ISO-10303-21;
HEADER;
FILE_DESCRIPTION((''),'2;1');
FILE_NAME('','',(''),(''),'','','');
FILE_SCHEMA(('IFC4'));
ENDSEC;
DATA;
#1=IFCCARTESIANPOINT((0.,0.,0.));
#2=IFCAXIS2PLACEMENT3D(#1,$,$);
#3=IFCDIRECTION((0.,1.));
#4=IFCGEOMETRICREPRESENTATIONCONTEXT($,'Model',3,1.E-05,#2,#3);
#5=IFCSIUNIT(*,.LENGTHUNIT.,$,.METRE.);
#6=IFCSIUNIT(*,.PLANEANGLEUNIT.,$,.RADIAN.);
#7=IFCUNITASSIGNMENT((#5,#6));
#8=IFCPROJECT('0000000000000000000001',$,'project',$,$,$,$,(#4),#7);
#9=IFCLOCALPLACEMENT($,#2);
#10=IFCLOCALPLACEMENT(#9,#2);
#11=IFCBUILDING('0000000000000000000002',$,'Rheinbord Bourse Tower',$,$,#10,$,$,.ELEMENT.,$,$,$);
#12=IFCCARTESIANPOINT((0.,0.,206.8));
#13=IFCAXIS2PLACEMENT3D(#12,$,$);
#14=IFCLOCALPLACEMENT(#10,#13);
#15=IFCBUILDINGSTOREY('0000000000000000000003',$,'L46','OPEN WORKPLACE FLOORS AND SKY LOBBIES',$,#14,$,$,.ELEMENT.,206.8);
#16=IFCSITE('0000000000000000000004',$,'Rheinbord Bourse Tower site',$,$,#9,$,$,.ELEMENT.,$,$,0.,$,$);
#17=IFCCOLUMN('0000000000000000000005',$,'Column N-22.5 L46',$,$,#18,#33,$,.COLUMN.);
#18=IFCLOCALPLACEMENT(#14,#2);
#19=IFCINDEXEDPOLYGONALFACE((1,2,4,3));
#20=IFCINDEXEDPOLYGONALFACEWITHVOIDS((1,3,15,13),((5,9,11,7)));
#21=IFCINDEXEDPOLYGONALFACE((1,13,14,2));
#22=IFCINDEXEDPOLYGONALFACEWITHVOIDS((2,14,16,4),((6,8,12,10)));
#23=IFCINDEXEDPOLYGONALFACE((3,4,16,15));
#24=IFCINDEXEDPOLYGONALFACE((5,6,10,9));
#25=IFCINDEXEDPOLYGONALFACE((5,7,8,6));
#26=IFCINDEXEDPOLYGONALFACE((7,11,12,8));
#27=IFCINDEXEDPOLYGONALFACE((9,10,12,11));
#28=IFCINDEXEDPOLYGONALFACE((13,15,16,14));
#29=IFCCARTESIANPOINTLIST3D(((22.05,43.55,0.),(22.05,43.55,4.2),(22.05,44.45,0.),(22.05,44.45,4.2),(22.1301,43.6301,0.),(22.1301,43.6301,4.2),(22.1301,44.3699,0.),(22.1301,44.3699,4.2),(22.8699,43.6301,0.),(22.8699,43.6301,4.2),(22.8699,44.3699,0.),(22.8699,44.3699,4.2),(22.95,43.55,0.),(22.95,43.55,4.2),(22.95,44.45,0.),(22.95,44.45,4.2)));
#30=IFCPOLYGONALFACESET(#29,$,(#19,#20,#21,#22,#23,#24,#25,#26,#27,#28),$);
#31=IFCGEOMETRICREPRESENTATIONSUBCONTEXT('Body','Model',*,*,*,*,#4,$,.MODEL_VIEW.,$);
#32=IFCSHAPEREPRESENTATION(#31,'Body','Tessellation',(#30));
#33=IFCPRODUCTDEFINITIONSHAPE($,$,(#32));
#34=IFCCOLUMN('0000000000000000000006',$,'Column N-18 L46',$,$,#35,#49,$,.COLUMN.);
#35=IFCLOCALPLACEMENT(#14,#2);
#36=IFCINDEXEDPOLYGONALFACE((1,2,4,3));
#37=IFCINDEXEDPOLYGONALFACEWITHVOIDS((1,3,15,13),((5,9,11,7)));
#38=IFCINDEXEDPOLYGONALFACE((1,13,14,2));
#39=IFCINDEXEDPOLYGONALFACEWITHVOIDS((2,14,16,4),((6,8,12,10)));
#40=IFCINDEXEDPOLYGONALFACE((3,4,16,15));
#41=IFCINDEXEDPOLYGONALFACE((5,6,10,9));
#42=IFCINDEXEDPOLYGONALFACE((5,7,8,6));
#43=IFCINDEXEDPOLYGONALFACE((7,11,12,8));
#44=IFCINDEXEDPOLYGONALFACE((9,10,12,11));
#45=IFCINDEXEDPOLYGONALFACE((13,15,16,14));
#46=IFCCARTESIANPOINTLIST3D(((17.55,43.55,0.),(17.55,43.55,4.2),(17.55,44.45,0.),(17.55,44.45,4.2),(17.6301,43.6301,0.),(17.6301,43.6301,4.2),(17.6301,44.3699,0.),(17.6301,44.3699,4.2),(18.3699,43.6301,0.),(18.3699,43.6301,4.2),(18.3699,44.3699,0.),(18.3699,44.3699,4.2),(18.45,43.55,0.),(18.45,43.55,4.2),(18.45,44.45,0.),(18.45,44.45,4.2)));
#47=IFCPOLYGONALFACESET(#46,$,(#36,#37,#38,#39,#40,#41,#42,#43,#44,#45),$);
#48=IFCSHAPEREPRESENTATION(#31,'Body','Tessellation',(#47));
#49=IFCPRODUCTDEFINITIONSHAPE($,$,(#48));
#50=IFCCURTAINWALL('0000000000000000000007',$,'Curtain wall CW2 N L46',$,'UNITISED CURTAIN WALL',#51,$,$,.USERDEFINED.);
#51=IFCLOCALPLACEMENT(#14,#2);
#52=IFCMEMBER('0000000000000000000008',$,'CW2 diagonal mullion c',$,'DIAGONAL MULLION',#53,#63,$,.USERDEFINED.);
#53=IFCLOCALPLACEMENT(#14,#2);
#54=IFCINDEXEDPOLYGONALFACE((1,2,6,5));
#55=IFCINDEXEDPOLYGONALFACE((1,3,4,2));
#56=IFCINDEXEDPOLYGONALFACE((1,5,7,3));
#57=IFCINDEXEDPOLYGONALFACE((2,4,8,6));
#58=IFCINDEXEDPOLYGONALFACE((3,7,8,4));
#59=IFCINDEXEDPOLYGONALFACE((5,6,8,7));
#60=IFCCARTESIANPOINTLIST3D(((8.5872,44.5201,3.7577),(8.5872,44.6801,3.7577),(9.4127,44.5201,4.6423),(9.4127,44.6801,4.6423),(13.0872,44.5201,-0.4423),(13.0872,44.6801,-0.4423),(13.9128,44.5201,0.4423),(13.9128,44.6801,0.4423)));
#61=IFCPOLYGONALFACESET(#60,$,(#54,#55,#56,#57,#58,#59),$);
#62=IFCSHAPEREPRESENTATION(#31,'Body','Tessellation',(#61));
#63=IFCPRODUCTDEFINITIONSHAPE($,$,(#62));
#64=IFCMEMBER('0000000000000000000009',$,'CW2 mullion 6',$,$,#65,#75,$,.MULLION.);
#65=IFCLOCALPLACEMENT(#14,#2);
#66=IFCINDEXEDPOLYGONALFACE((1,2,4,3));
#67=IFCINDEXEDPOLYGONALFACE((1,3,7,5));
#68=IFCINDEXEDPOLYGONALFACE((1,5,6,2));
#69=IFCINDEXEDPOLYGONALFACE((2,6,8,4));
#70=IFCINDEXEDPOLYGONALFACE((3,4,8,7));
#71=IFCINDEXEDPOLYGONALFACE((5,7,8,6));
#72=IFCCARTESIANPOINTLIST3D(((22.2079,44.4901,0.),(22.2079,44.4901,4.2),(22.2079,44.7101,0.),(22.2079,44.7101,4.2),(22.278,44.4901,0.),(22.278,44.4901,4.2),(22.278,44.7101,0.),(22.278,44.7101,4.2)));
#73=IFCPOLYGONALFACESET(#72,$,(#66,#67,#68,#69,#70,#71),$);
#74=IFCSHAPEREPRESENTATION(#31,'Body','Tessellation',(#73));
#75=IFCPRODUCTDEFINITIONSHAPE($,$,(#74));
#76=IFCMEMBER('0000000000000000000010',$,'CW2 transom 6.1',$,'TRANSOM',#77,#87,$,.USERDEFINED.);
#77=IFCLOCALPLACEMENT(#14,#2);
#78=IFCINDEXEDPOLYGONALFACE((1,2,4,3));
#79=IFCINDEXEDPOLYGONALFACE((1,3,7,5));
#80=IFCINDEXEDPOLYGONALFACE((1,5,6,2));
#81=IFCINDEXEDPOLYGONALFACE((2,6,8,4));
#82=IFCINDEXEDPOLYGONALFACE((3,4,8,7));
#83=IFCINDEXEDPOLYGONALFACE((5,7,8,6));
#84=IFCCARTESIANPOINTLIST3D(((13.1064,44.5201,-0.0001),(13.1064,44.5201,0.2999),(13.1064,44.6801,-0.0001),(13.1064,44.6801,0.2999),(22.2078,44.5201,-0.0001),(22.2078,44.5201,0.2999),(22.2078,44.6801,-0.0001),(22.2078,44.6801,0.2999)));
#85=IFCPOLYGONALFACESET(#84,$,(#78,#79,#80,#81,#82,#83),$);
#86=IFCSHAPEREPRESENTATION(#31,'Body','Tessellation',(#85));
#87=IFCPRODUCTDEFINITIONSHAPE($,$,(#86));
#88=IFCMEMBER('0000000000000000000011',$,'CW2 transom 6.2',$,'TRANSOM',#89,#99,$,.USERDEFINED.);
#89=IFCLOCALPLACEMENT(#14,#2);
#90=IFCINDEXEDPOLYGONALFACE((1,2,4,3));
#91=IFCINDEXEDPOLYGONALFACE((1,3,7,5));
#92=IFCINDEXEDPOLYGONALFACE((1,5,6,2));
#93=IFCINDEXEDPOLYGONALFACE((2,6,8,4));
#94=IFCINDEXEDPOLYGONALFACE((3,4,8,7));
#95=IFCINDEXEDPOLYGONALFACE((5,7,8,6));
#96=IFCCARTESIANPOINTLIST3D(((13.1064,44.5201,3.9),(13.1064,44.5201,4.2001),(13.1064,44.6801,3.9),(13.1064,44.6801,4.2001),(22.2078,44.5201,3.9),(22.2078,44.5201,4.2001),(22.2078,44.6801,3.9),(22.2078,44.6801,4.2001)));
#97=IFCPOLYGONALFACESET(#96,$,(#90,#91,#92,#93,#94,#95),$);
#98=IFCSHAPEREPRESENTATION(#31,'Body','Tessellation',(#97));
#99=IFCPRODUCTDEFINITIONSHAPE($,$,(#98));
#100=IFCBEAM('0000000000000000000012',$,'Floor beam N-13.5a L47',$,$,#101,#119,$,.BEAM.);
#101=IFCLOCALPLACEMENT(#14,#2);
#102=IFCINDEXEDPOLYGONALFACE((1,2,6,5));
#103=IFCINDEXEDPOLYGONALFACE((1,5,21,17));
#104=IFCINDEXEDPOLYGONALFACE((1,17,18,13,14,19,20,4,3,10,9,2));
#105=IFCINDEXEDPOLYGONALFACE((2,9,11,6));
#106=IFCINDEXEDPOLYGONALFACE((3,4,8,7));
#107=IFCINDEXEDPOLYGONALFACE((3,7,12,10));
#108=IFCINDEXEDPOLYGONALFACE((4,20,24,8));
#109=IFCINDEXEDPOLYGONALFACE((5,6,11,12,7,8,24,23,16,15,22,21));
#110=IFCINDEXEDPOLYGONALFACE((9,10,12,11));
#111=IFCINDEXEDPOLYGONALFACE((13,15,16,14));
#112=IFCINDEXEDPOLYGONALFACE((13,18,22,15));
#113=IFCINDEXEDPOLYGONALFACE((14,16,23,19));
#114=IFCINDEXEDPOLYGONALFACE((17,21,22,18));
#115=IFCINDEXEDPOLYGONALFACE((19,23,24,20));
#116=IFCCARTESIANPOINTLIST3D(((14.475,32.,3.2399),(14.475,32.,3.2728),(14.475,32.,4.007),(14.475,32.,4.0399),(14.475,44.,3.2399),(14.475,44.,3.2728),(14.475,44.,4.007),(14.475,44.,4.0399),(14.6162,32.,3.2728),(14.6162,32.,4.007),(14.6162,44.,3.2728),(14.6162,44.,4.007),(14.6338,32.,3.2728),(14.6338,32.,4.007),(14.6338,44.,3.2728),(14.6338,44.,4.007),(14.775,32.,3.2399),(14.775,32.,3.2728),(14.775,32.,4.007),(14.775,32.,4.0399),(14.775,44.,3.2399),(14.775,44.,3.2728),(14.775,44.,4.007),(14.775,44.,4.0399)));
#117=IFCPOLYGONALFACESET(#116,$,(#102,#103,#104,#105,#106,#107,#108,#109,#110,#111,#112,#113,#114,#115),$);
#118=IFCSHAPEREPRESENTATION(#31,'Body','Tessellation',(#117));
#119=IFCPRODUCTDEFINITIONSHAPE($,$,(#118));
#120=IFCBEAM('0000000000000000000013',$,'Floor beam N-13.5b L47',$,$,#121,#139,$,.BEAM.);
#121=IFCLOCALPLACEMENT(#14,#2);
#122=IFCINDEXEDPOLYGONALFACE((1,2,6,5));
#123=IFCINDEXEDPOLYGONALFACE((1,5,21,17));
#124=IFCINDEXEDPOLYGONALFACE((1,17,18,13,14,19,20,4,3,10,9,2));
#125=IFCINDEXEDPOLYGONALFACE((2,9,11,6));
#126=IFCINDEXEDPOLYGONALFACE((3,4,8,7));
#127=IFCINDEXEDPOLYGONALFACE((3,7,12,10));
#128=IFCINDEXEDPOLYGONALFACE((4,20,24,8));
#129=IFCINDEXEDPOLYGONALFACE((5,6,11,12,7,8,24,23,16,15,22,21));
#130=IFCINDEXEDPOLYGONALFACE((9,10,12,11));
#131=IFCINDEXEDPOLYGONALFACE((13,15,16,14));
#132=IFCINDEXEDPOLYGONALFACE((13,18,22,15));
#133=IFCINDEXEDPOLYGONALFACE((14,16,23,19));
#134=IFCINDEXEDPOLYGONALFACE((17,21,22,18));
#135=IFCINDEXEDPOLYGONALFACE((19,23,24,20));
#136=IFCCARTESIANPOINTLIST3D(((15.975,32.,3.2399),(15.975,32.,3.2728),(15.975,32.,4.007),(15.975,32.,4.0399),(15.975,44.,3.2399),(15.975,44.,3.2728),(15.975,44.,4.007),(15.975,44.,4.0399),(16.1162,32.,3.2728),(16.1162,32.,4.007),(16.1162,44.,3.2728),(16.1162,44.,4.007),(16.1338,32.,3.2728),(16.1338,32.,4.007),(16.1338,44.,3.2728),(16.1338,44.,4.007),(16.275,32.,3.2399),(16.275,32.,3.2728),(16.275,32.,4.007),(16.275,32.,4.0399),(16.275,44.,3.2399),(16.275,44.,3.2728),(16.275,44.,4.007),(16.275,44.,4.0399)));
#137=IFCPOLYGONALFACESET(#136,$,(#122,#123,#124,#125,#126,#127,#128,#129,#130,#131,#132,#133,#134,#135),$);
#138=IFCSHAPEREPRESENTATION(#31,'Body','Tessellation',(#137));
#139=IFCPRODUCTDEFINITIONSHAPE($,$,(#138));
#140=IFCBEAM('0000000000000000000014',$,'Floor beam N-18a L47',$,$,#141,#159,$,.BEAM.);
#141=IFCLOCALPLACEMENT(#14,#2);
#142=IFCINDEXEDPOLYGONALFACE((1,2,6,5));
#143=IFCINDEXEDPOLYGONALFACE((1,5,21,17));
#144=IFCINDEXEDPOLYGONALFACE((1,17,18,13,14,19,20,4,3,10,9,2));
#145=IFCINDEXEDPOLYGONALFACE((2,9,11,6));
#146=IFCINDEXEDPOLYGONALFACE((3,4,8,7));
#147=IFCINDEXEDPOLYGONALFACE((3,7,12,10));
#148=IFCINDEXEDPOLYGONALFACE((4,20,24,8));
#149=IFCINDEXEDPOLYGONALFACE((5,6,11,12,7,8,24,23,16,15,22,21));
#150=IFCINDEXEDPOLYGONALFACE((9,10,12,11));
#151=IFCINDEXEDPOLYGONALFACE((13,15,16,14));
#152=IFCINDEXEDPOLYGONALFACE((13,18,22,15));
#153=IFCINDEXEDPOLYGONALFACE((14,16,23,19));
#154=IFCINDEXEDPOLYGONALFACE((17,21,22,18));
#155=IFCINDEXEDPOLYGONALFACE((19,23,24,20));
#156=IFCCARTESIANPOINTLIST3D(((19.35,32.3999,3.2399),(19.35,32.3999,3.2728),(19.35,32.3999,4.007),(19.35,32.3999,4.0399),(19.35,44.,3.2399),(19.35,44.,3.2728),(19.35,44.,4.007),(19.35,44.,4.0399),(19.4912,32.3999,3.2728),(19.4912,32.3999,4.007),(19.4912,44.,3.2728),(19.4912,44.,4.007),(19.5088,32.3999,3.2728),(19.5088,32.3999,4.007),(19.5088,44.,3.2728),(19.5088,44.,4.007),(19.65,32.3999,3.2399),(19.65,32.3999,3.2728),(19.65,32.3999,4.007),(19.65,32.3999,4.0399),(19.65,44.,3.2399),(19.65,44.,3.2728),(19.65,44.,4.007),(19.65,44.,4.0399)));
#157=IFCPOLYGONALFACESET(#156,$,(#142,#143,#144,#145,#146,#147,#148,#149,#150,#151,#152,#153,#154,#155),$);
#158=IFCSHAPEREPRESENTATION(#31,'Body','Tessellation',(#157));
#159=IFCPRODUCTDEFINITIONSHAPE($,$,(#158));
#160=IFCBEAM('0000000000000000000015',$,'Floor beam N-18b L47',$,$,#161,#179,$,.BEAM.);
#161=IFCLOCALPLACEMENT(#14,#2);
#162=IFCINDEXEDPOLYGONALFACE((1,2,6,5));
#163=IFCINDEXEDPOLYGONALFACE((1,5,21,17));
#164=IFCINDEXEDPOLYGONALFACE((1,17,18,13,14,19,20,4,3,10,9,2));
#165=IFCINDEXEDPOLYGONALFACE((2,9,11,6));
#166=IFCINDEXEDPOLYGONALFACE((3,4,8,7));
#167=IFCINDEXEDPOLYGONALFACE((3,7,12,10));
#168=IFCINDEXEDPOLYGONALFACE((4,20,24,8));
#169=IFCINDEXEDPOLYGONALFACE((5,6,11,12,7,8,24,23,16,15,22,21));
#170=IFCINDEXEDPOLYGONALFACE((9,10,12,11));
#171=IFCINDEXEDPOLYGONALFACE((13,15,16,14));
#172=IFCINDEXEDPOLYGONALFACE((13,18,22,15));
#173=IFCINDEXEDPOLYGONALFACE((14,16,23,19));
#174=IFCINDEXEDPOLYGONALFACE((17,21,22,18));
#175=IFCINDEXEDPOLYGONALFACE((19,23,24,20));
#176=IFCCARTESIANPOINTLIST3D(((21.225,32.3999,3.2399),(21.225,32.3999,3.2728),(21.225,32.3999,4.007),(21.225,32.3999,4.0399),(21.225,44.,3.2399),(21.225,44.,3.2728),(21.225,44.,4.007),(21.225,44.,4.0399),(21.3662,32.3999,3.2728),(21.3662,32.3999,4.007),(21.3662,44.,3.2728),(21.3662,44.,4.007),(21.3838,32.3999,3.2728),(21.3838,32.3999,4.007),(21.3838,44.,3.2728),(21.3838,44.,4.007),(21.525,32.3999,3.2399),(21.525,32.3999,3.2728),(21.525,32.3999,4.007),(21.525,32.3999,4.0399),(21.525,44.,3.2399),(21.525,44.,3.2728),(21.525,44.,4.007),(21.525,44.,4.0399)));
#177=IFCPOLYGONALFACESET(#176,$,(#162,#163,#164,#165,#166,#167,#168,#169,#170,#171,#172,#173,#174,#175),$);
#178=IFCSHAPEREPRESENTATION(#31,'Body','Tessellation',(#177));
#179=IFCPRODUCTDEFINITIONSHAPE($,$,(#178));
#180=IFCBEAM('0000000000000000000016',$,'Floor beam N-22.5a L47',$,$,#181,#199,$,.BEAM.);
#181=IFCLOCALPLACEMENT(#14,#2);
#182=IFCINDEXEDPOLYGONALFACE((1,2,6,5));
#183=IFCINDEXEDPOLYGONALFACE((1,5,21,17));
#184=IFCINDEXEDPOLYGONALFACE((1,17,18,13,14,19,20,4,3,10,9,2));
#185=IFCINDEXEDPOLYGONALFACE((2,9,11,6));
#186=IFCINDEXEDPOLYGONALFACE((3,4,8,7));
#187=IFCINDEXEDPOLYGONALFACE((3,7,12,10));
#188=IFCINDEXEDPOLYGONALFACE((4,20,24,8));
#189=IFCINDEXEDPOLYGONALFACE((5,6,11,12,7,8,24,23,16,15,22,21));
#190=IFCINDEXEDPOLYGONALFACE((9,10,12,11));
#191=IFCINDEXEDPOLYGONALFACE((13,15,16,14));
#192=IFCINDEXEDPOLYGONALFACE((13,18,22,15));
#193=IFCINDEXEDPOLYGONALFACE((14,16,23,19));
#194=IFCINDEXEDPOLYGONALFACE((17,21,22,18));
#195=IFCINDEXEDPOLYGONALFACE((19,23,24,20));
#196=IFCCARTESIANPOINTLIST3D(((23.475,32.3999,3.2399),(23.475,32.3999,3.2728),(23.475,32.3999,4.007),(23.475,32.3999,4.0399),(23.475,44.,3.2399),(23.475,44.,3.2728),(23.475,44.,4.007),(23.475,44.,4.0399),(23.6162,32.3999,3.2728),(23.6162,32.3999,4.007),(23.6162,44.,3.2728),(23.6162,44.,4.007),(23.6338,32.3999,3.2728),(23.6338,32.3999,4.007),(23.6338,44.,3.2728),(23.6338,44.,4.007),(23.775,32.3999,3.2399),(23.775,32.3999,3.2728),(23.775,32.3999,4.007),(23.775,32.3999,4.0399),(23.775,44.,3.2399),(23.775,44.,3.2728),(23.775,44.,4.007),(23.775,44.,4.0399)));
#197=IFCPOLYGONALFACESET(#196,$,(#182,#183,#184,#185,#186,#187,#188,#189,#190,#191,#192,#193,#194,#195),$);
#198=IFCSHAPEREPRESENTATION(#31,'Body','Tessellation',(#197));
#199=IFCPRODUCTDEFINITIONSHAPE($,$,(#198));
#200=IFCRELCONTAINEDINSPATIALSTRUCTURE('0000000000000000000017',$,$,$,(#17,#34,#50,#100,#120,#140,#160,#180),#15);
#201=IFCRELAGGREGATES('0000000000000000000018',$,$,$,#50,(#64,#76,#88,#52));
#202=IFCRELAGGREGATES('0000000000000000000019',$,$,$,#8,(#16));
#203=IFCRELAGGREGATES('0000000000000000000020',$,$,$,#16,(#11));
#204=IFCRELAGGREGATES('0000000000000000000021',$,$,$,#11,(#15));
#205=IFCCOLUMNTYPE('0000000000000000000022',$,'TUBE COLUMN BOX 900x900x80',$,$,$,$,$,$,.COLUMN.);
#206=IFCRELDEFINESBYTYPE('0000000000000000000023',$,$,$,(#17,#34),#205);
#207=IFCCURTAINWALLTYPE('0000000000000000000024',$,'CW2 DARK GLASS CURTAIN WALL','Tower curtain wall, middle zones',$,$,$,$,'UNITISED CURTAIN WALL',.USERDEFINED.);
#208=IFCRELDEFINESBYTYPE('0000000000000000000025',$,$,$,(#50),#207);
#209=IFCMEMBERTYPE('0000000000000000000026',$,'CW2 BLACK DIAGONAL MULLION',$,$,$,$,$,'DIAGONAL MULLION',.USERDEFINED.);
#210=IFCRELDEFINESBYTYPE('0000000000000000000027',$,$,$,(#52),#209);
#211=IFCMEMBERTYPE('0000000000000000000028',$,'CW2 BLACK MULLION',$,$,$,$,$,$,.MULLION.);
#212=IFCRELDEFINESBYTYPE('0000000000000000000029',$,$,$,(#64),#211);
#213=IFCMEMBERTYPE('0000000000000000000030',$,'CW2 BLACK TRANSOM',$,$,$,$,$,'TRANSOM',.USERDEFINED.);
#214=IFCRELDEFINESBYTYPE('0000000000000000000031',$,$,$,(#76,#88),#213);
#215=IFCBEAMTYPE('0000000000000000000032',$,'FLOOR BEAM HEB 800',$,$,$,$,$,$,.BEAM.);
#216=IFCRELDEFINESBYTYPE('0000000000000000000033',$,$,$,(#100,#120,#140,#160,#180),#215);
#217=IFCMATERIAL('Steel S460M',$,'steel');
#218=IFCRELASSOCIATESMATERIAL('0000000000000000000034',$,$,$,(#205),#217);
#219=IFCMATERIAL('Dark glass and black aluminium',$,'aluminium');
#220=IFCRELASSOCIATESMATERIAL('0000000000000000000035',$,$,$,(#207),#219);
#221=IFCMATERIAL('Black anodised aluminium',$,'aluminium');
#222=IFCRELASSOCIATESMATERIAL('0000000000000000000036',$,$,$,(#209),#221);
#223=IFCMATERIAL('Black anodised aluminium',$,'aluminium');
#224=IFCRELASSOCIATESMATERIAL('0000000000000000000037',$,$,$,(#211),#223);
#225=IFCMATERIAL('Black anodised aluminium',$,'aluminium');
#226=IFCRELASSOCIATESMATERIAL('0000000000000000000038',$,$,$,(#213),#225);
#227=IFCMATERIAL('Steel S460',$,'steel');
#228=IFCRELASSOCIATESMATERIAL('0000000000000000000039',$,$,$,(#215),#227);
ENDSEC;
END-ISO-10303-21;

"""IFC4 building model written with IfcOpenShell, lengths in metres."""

from ifc_helpers import new_model, si_unit, direction, frame, origin, origin_2d, place, context, subcontext, project, spatial, rectangle, hollow_rectangle, i_section, extrude, material, material_profile, profile_set, type_object, element, aggregate, save


model = new_model("IFC4")

# Units and contexts
model_context = context("Model", 3, precision=1e-05, world=origin(), true_north=direction((0.0, 1.0)))
body_context = subcontext(model_context, "Body", "Model", "MODEL_VIEW")
ifc_project = project(units=[si_unit("LENGTHUNIT", "METRE"), si_unit("PLANEANGLEUNIT", "RADIAN")], contexts=[model_context])

# Site, building, storey
site_placement = place(None, origin())
site = spatial("IfcSite", under=ifc_project, at=site_placement, Name="Rheinbord Bourse Tower site", CompositionType="ELEMENT", RefElevation=0.0)
building_placement = place(site_placement, origin())
building = spatial("IfcBuilding", under=site, at=building_placement, Name="Rheinbord Bourse Tower", CompositionType="ELEMENT")
storey_placement = place(building_placement, frame((0.0, 0.0, 206.8)))
storey = spatial("IfcBuildingStorey", under=building, at=storey_placement, Name="L46", Description="OPEN WORKPLACE FLOORS AND SKY LOBBIES", CompositionType="ELEMENT", Elevation=206.8)

# Columns
ifc_material_1 = material(Name="Steel S460M", Category="steel")
ifc_material_profile_1 = material_profile(ifc_material_1, hollow_rectangle(XDim=0.8999, YDim=0.8999, WallThickness=0.0801, at=origin_2d()), Name="BOX 900x900x80")
ifc_profile_set_1 = profile_set([ifc_material_profile_1], Name="Steel S460M")
column_type = type_object("IfcColumnType", Name="TUBE COLUMN BOX 900x900x80", PredefinedType="COLUMN", material=ifc_profile_set_1)
for number, where, z_axis, x_axis, name in (
    (1, (22.5, 44.0, 0.0), (0.0, 0.0, 1.0), (0.0, 1.0, 0.0), "Column N-22.5 L46"),
    (2, (18.0, 44.0, 0.0), (0.0, 0.0, 1.0), (0.0, 1.0, 0.0), "Column N-18 L46"),
):
    element("IfcColumn", number, at=place(storey_placement, frame(where, z_axis=z_axis, x_axis=x_axis)), inside=storey, type_object=column_type, Name=name, PredefinedType="COLUMN", context=body_context, shape_type="SweptSolid", body=[
        extrude(hollow_rectangle(XDim=0.8999, YDim=0.8999, WallThickness=0.0801, at=origin_2d()), origin(), (0.0, 0.0, 1.0), 4.2),
    ])

# Curtain wall, members
ifc_material_2 = material(Name="Dark glass and black aluminium", Category="aluminium")
curtain_wall_type = type_object("IfcCurtainWallType", Name="CW2 DARK GLASS CURTAIN WALL", Description="Tower curtain wall, middle zones", ElementType="UNITISED CURTAIN WALL", PredefinedType="USERDEFINED", material=ifc_material_2)
curtain_wall_placement = place(storey_placement, origin())
curtain_wall = element("IfcCurtainWall", 3, at=curtain_wall_placement, inside=storey, type_object=curtain_wall_type, Name="Curtain wall CW2 N L46", ObjectType="UNITISED CURTAIN WALL", PredefinedType="USERDEFINED")
ifc_material_3 = material(Name="Black anodised aluminium", Category="aluminium")
ifc_material_profile_2 = material_profile(ifc_material_3, rectangle(XDim=0.1599, YDim=1.21, at=origin_2d()), Name="CW2 DIAGONAL MULLION 1210x160")
ifc_profile_set_2 = profile_set([ifc_material_profile_2], Name="Black anodised aluminium")
member_type_1 = type_object("IfcMemberType", Name="CW2 BLACK DIAGONAL MULLION", ElementType="DIAGONAL MULLION", PredefinedType="USERDEFINED", material=ifc_profile_set_2)
member_1_placement = place(storey_placement, frame((13.5, 44.6001, 0.0), z_axis=(-0.731059, 0.0, 0.682314), x_axis=(0.0, -1.0, 0.0)))
member_1 = element("IfcMember", 4, at=member_1_placement, type_object=member_type_1, Name="CW2 diagonal mullion c", ObjectType="DIAGONAL MULLION", PredefinedType="USERDEFINED", context=body_context, shape_type="SweptSolid", body=[
    extrude(rectangle(XDim=0.1599, YDim=1.21, at=origin_2d()), origin(), (0.0, 0.0, 1.0), 6.1555),
])
ifc_material_4 = material(Name="Black anodised aluminium", Category="aluminium")
ifc_material_profile_3 = material_profile(ifc_material_4, rectangle(XDim=0.22, YDim=0.0701, at=origin_2d()), Name="CW2 MULLION 70x220")
ifc_profile_set_3 = profile_set([ifc_material_profile_3], Name="Black anodised aluminium")
member_type_2 = type_object("IfcMemberType", Name="CW2 BLACK MULLION", PredefinedType="MULLION", material=ifc_profile_set_3)
member_2_placement = place(storey_placement, frame((22.2429, 44.6001, 0.0), z_axis=(0.0, 0.0, 1.0), x_axis=(0.0, -1.0, 0.0)))
member_2 = element("IfcMember", 5, at=member_2_placement, type_object=member_type_2, Name="CW2 mullion 6", PredefinedType="MULLION", context=body_context, shape_type="SweptSolid", body=[
    extrude(rectangle(XDim=0.22, YDim=0.0701, at=origin_2d()), origin(), (0.0, 0.0, 1.0), 4.2),
])
ifc_material_5 = material(Name="Black anodised aluminium", Category="aluminium")
ifc_material_profile_4 = material_profile(ifc_material_5, rectangle(XDim=0.1599, YDim=0.3, at=origin_2d()), Name="CW2 TRANSOM 300x160")
ifc_profile_set_4 = profile_set([ifc_material_profile_4], Name="Black anodised aluminium")
member_type_3 = type_object("IfcMemberType", Name="CW2 BLACK TRANSOM", ElementType="TRANSOM", PredefinedType="USERDEFINED", material=ifc_profile_set_4)
member_3_placement = place(storey_placement, frame((22.2078, 44.6001, 0.1499), z_axis=(-1.0, 0.0, 0.0), x_axis=(0.0, -1.0, 0.0)))
member_3 = element("IfcMember", 6, at=member_3_placement, type_object=member_type_3, Name="CW2 transom 6.1", ObjectType="TRANSOM", PredefinedType="USERDEFINED", context=body_context, shape_type="SweptSolid", body=[
    extrude(rectangle(XDim=0.1599, YDim=0.3, at=origin_2d()), origin(), (0.0, 0.0, 1.0), 9.1013),
])
member_4_placement = place(storey_placement, frame((22.2078, 44.6001, 4.05), z_axis=(-1.0, 0.0, 0.0), x_axis=(0.0, -1.0, 0.0)))
member_4 = element("IfcMember", 7, at=member_4_placement, type_object=member_type_3, Name="CW2 transom 6.2", ObjectType="TRANSOM", PredefinedType="USERDEFINED", context=body_context, shape_type="SweptSolid", body=[
    extrude(rectangle(XDim=0.1599, YDim=0.3, at=origin_2d()), origin(), (0.0, 0.0, 1.0), 9.1013),
])

# Beams
ifc_material_6 = material(Name="Steel S460", Category="steel")
ifc_material_profile_5 = material_profile(ifc_material_6, i_section(OverallWidth=0.3, OverallDepth=0.8, WebThickness=0.0176, FlangeThickness=0.033, at=origin_2d()), Name="HEB 800")
ifc_profile_set_5 = profile_set([ifc_material_profile_5], Name="Steel S460")
beam_type_1 = type_object("IfcBeamType", Name="FLOOR BEAM HEB 800", PredefinedType="BEAM", material=ifc_profile_set_5)
for number, where, z_axis, x_axis, name in (
    (8, (14.625, 44.0, 3.6399), (0.0, -1.0, 0.0), (1.0, 0.0, 0.0), "Floor beam N-13.5a L47"),
    (9, (16.125, 44.0, 3.6399), (0.0, -1.0, 0.0), (1.0, 0.0, 0.0), "Floor beam N-13.5b L47"),
):
    element("IfcBeam", number, at=place(storey_placement, frame(where, z_axis=z_axis, x_axis=x_axis)), inside=storey, type_object=beam_type_1, Name=name, PredefinedType="BEAM", context=body_context, shape_type="SweptSolid", body=[
        extrude(i_section(OverallWidth=0.3, OverallDepth=0.8, WebThickness=0.0176, FlangeThickness=0.033, at=origin_2d()), origin(), (0.0, 0.0, 1.0), 12.0),
    ])
for number, where, z_axis, x_axis, name in (
    (10, (19.5, 44.0, 3.6399), (0.0, -1.0, 0.0), (1.0, 0.0, 0.0), "Floor beam N-18a L47"),
    (11, (21.375, 44.0, 3.6399), (0.0, -1.0, 0.0), (1.0, 0.0, 0.0), "Floor beam N-18b L47"),
    (12, (23.625, 44.0, 3.6399), (0.0, -1.0, 0.0), (1.0, 0.0, 0.0), "Floor beam N-22.5a L47"),
):
    element("IfcBeam", number, at=place(storey_placement, frame(where, z_axis=z_axis, x_axis=x_axis)), inside=storey, type_object=beam_type_1, Name=name, PredefinedType="BEAM", context=body_context, shape_type="SweptSolid", body=[
        extrude(i_section(OverallWidth=0.3, OverallDepth=0.8, WebThickness=0.0176, FlangeThickness=0.033, at=origin_2d()), origin(), (0.0, 0.0, 1.0), 11.6001),
    ])

aggregate(curtain_wall, [member_2, member_3, member_4, member_1])

save(model, "model.ifc")
